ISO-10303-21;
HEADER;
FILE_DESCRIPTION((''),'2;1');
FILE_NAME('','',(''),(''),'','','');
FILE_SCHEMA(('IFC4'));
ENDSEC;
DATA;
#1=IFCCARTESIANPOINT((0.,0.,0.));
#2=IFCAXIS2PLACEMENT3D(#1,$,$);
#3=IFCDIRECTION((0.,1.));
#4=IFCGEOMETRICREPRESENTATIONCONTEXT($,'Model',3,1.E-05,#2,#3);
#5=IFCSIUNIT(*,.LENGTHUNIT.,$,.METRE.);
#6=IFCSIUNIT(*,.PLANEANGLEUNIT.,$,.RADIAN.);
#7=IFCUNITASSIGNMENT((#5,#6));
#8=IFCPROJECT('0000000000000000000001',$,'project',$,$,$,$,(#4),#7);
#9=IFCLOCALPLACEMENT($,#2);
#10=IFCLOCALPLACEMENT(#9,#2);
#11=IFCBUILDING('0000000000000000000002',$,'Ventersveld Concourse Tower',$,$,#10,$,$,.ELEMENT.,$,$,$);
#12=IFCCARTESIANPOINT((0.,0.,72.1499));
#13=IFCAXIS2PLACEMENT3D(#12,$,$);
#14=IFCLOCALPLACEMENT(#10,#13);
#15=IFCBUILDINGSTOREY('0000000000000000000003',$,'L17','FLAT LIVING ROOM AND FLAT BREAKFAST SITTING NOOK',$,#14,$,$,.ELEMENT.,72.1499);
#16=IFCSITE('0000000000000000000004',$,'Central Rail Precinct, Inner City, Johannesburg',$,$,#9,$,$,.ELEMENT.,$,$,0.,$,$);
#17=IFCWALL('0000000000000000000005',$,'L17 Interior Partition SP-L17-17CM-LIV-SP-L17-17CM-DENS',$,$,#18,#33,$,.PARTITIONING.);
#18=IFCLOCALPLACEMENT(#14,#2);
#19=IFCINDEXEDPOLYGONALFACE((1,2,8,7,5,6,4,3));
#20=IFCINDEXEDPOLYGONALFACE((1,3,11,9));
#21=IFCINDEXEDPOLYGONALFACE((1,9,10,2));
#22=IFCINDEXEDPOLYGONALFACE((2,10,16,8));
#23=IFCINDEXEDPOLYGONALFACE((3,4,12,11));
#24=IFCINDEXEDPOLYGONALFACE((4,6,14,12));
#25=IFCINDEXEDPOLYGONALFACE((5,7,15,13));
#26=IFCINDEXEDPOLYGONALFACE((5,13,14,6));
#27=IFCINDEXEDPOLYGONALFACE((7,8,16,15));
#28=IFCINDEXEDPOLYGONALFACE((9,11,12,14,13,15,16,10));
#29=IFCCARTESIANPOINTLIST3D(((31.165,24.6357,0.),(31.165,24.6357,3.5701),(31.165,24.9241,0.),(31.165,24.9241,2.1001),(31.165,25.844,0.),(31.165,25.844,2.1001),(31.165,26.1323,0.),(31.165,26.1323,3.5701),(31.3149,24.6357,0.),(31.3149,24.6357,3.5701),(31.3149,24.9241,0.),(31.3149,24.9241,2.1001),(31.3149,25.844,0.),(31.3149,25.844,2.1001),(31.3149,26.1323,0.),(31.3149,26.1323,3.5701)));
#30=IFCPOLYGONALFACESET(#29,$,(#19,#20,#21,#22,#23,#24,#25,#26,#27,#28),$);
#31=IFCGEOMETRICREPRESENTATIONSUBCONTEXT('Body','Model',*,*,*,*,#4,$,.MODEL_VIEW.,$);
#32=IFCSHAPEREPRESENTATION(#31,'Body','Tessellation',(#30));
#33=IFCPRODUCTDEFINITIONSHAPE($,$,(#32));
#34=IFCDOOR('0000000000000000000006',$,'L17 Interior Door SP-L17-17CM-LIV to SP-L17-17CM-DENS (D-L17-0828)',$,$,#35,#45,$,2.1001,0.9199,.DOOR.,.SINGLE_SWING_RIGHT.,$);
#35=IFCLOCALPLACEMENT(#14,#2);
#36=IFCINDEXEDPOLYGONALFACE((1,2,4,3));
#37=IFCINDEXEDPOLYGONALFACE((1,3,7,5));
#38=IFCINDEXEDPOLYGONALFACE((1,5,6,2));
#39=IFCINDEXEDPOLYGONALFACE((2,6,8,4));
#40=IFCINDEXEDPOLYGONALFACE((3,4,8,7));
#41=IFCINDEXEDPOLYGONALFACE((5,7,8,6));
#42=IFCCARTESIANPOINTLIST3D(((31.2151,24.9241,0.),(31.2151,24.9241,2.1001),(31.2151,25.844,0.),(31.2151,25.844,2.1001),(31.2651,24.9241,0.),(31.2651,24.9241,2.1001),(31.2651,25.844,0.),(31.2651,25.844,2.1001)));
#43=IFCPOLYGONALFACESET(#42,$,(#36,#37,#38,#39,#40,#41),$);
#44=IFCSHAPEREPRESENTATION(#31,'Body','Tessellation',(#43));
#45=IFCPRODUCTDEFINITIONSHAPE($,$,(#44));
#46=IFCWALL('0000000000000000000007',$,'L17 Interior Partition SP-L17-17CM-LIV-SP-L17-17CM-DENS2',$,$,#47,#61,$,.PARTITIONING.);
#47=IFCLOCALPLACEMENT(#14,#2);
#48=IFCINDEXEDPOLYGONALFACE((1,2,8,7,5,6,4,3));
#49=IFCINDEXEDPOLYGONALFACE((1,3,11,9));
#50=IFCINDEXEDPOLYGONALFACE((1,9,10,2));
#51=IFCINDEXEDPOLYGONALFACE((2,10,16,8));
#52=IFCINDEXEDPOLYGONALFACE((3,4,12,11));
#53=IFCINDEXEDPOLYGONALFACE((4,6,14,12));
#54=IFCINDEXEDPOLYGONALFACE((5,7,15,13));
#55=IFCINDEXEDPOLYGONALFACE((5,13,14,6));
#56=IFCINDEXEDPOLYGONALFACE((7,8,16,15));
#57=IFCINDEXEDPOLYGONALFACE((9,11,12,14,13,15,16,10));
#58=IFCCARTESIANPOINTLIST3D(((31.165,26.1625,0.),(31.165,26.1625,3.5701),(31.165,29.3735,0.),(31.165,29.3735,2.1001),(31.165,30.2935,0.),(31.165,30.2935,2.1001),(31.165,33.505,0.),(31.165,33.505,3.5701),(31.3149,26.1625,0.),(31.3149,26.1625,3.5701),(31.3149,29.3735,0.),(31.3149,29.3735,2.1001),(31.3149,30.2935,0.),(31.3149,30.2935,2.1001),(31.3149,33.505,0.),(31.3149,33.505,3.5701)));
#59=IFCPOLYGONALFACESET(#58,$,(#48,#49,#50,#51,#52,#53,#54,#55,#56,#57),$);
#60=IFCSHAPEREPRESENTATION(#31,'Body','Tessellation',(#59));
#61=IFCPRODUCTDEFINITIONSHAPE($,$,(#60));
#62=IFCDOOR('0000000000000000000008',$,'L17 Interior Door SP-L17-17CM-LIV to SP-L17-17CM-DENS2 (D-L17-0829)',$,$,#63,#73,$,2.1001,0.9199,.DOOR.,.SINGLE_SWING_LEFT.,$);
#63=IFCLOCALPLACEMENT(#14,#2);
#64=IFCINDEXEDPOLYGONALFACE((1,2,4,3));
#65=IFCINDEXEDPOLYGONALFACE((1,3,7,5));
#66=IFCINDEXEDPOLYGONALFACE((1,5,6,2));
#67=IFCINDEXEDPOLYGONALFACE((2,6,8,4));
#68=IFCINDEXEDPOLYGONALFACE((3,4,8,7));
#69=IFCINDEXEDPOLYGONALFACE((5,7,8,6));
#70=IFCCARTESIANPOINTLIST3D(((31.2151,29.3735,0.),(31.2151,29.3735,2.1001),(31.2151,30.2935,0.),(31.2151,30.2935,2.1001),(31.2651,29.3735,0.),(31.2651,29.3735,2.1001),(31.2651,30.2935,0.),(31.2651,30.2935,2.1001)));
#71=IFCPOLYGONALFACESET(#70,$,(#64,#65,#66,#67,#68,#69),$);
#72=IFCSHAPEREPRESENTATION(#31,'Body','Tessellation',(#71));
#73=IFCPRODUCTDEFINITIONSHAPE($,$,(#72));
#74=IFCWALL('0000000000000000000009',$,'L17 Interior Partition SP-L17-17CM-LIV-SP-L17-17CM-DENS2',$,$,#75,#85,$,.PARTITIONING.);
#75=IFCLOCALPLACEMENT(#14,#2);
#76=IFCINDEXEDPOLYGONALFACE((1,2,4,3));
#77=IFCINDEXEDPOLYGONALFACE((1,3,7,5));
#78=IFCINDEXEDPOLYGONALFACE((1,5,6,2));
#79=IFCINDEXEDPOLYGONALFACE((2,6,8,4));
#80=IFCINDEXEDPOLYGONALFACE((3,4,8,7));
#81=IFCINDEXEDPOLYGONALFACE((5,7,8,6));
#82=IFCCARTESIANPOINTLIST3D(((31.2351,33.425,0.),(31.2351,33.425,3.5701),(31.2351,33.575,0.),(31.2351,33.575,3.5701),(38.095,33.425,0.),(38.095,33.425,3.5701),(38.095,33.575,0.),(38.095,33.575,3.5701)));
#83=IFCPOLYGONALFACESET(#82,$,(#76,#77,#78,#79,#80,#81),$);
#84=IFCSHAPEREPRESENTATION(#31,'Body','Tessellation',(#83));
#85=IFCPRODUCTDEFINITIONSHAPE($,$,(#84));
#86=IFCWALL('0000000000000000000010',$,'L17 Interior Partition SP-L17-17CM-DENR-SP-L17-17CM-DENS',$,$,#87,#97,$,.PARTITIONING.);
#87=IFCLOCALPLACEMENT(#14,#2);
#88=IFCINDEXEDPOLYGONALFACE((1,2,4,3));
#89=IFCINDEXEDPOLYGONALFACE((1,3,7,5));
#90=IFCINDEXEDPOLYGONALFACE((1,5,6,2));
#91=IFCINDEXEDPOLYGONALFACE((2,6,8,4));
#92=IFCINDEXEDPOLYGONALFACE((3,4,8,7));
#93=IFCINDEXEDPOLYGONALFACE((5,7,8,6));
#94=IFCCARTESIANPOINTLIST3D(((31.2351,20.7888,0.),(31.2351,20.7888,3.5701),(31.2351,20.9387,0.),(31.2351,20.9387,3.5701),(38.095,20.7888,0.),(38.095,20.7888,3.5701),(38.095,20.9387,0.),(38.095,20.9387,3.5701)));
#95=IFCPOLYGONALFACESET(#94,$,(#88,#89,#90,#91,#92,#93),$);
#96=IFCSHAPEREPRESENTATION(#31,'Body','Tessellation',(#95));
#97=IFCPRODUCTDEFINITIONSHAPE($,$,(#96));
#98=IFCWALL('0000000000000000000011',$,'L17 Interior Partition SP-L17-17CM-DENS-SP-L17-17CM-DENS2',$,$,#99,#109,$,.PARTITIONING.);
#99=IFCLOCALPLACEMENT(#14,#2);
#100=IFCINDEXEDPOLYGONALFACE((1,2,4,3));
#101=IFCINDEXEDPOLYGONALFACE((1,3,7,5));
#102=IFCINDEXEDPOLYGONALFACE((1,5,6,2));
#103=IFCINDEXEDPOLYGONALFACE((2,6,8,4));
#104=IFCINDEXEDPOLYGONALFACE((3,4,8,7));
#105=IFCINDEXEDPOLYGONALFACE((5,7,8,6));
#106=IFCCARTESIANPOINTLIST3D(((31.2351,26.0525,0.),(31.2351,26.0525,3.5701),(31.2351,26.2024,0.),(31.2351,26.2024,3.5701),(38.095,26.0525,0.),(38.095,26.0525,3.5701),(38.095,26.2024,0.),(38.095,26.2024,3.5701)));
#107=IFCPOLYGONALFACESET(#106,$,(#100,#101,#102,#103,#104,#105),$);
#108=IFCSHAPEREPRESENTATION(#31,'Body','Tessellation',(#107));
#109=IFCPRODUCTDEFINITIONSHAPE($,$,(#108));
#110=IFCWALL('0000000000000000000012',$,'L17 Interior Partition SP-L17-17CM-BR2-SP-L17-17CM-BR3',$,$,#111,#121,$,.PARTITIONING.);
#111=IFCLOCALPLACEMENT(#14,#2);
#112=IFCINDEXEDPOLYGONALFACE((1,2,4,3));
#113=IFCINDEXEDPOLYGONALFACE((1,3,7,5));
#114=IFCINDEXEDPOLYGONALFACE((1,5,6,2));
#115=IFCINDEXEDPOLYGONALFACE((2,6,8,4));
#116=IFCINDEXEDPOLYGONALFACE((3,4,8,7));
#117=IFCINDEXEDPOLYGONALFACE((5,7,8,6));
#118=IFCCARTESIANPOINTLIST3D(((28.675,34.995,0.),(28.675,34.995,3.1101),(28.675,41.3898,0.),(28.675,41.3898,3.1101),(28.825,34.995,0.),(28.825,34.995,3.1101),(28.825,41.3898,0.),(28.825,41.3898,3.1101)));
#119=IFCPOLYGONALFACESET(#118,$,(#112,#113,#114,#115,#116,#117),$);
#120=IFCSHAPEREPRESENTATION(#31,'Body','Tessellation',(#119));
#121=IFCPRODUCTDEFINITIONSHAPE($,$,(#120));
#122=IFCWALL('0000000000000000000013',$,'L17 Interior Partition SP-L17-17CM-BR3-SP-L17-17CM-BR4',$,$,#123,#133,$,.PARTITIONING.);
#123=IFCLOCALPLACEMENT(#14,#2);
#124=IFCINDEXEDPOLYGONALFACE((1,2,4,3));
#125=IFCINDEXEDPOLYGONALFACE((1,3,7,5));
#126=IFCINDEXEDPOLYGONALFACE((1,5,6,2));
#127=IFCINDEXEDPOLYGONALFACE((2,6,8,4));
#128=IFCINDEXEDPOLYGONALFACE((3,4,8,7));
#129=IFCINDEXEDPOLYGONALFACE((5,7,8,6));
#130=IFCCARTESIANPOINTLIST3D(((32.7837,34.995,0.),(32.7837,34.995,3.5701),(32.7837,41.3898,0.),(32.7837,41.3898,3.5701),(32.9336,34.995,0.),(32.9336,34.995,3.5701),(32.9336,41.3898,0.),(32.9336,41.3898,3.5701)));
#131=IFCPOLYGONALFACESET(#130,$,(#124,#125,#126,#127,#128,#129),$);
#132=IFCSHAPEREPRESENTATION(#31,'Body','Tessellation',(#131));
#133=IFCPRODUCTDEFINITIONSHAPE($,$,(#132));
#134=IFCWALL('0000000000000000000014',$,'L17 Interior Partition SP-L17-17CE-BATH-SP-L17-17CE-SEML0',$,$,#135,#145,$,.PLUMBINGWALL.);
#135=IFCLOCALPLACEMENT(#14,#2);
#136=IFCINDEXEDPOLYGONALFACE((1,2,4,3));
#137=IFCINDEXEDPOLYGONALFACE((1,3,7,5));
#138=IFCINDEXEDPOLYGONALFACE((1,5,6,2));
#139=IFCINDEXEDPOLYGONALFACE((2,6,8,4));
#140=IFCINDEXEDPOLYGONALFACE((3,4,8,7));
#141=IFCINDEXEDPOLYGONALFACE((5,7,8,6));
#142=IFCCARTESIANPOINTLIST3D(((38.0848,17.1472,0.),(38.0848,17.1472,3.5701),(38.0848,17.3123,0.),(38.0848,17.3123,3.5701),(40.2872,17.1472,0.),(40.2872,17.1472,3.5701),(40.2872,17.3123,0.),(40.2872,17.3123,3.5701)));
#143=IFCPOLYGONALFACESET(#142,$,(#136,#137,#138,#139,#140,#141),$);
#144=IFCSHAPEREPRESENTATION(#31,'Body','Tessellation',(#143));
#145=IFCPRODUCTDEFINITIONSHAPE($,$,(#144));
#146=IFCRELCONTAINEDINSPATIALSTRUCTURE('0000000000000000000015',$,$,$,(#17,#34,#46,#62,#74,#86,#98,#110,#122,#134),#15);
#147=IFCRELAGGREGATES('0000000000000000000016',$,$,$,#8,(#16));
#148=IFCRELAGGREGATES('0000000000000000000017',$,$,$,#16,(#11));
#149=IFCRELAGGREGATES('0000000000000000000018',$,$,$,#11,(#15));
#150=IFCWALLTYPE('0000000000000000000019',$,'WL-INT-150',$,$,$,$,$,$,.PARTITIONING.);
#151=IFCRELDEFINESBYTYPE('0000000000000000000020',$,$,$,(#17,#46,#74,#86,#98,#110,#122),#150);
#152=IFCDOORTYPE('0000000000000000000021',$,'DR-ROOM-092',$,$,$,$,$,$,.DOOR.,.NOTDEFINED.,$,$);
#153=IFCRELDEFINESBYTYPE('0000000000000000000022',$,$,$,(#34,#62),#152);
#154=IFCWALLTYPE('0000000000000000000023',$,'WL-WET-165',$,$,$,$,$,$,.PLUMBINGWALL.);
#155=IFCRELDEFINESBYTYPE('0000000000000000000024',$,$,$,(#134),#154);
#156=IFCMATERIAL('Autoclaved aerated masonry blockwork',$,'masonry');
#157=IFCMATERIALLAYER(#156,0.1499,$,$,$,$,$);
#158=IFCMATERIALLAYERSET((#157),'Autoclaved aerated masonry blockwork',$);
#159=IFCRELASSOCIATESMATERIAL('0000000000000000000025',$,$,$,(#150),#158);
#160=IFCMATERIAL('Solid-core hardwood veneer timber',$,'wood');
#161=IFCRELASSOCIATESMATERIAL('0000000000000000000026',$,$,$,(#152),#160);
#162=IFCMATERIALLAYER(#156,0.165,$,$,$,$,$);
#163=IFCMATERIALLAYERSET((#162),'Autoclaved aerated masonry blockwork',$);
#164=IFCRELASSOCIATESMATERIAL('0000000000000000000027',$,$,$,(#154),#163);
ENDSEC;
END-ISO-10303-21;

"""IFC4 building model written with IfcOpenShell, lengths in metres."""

from ifc_helpers import new_model, si_unit, direction, frame, frame_2d, origin, place, context, subcontext, project, spatial, rectangle, extrude, material, layer, layer_set, type_object, element, fill, save


model = new_model("IFC4")

# Units and contexts
model_context = context("Model", 3, precision=1e-05, world=origin(), true_north=direction((0.0, 1.0)))
body_context = subcontext(model_context, "Body", "Model", "MODEL_VIEW")
ifc_project = project(units=[si_unit("LENGTHUNIT", "METRE"), si_unit("PLANEANGLEUNIT", "RADIAN")], contexts=[model_context])

# Site, building, storey
site_placement = place(None, origin())
site = spatial("IfcSite", under=ifc_project, at=site_placement, Name="Central Rail Precinct, Inner City, Johannesburg", CompositionType="ELEMENT", RefElevation=0.0)
building_placement = place(site_placement, origin())
building = spatial("IfcBuilding", under=site, at=building_placement, Name="Ventersveld Concourse Tower", CompositionType="ELEMENT")
storey_placement = place(building_placement, frame((0.0, 0.0, 72.1499)))
storey = spatial("IfcBuildingStorey", under=building, at=storey_placement, Name="L17", Description="FLAT LIVING ROOM AND FLAT BREAKFAST SITTING NOOK", CompositionType="ELEMENT", Elevation=72.1499)

# Walls, openings, doors
ifc_material_1 = material(Name="Autoclaved aerated masonry blockwork", Category="masonry")
ifc_layer_1 = layer(ifc_material_1, 0.1499)
ifc_layer_set_1 = layer_set([ifc_layer_1], Name="Autoclaved aerated masonry blockwork")
wall_type_1 = type_object("IfcWallType", Name="WL-INT-150", PredefinedType="PARTITIONING", material=ifc_layer_set_1)
ifc_material_2 = material(Name="Solid-core hardwood veneer timber", Category="wood")
door_type = type_object("IfcDoorType", Name="DR-ROOM-092", OperationType="NOTDEFINED", PredefinedType="DOOR", material=ifc_material_2)
wall_1_placement = place(storey_placement, frame((31.24, 24.6357, 0.0), z_axis=(0.0, 0.0, 1.0), x_axis=(0.0, 1.0, 0.0)))
wall_1 = element("IfcWall", 1, at=wall_1_placement, inside=storey, type_object=wall_type_1, Name="L17 Interior Partition SP-L17-17CM-LIV-SP-L17-17CM-DENS", PredefinedType="PARTITIONING", context=body_context, shape_type="SweptSolid", body=[
    extrude(rectangle(XDim=1.4966, YDim=0.1499, at=frame_2d((0.7483, 0.0))), origin(), (0.0, 0.0, 1.0), 3.5701),
])
opening_1_placement = place(wall_1_placement, frame((0.2883, 0.0, 0.0)))
opening_1 = element("IfcOpeningElement", 2, at=opening_1_placement, cuts=wall_1, PredefinedType="OPENING", context=body_context, shape_type="SweptSolid", body=[
    extrude(rectangle(XDim=0.9199, YDim=2.1001, at=frame_2d((0.46, 1.05))), frame((0.0, 0.085, 0.0), z_axis=(0.0, -1.0, 0.0), x_axis=(1.0, 0.0, 0.0)), (0.0, 0.0, 1.0), 0.1699),
])
door_1_placement = place(opening_1_placement, origin())
door_1 = element("IfcDoor", 3, at=door_1_placement, inside=storey, type_object=door_type, Name="L17 Interior Door SP-L17-17CM-LIV to SP-L17-17CM-DENS (D-L17-0828)", OperationType="SINGLE_SWING_RIGHT", OverallHeight=2.1001, OverallWidth=0.9199, PredefinedType="DOOR", context=body_context, shape_type="SweptSolid", body=[
    extrude(rectangle(XDim=0.9199, YDim=2.1001, at=frame_2d((0.46, 1.05))), frame((0.0, 0.0249, 0.0), z_axis=(0.0, -1.0, 0.0), x_axis=(1.0, 0.0, 0.0)), (0.0, 0.0, 1.0), 0.05),
])
fill(opening_1, door_1)
wall_2_placement = place(storey_placement, frame((31.24, 26.1624, 0.0), z_axis=(0.0, 0.0, 1.0), x_axis=(0.0, 1.0, 0.0)))
wall_2 = element("IfcWall", 4, at=wall_2_placement, inside=storey, type_object=wall_type_1, Name="L17 Interior Partition SP-L17-17CM-LIV-SP-L17-17CM-DENS2", PredefinedType="PARTITIONING", context=body_context, shape_type="SweptSolid", body=[
    extrude(rectangle(XDim=7.3425, YDim=0.1499, at=frame_2d((3.6714, 0.0))), origin(), (0.0, 0.0, 1.0), 3.5701),
])
opening_2_placement = place(wall_2_placement, frame((3.2112, 0.0, 0.0)))
opening_2 = element("IfcOpeningElement", 5, at=opening_2_placement, cuts=wall_2, PredefinedType="OPENING", context=body_context, shape_type="SweptSolid", body=[
    extrude(rectangle(XDim=0.9199, YDim=2.1001, at=frame_2d((0.46, 1.05))), frame((0.0, 0.085, 0.0), z_axis=(0.0, -1.0, 0.0), x_axis=(1.0, 0.0, 0.0)), (0.0, 0.0, 1.0), 0.1699),
])
door_2_placement = place(opening_2_placement, origin())
door_2 = element("IfcDoor", 6, at=door_2_placement, inside=storey, type_object=door_type, Name="L17 Interior Door SP-L17-17CM-LIV to SP-L17-17CM-DENS2 (D-L17-0829)", OperationType="SINGLE_SWING_LEFT", OverallHeight=2.1001, OverallWidth=0.9199, PredefinedType="DOOR", context=body_context, shape_type="SweptSolid", body=[
    extrude(rectangle(XDim=0.9199, YDim=2.1001, at=frame_2d((0.46, 1.05))), frame((0.0, 0.0249, 0.0), z_axis=(0.0, -1.0, 0.0), x_axis=(1.0, 0.0, 0.0)), (0.0, 0.0, 1.0), 0.05),
])
fill(opening_2, door_2)

# Walls
for number, where, z_axis, x_axis, name in (
    (7, (31.2351, 33.5, 0.0), (0.0, 0.0, 1.0), (1.0, 0.0, 0.0), "L17 Interior Partition SP-L17-17CM-LIV-SP-L17-17CM-DENS2"),
    (8, (31.2351, 20.8638, 0.0), (0.0, 0.0, 1.0), (1.0, 0.0, 0.0), "L17 Interior Partition SP-L17-17CM-DENR-SP-L17-17CM-DENS"),
    (9, (31.2351, 26.1274, 0.0), (0.0, 0.0, 1.0), (1.0, 0.0, 0.0), "L17 Interior Partition SP-L17-17CM-DENS-SP-L17-17CM-DENS2"),
):
    element("IfcWall", number, at=place(storey_placement, frame(where, z_axis=z_axis, x_axis=x_axis)), inside=storey, type_object=wall_type_1, Name=name, PredefinedType="PARTITIONING", context=body_context, shape_type="SweptSolid", body=[
        extrude(rectangle(XDim=6.8599, YDim=0.1499, at=frame_2d((3.4299, 0.0))), origin(), (0.0, 0.0, 1.0), 3.5701),
    ])
wall_3_placement = place(storey_placement, frame((28.75, 34.9951, 0.0), z_axis=(0.0, 0.0, 1.0), x_axis=(0.0, 1.0, 0.0)))
element("IfcWall", 10, at=wall_3_placement, inside=storey, type_object=wall_type_1, Name="L17 Interior Partition SP-L17-17CM-BR2-SP-L17-17CM-BR3", PredefinedType="PARTITIONING", context=body_context, shape_type="SweptSolid", body=[
    extrude(rectangle(XDim=6.3948, YDim=0.1499, at=frame_2d((3.1973, 0.0))), origin(), (0.0, 0.0, 1.0), 3.1101),
])
wall_4_placement = place(storey_placement, frame((32.8586, 34.9951, 0.0), z_axis=(0.0, 0.0, 1.0), x_axis=(0.0, 1.0, 0.0)))
element("IfcWall", 11, at=wall_4_placement, inside=storey, type_object=wall_type_1, Name="L17 Interior Partition SP-L17-17CM-BR3-SP-L17-17CM-BR4", PredefinedType="PARTITIONING", context=body_context, shape_type="SweptSolid", body=[
    extrude(rectangle(XDim=6.3948, YDim=0.1499, at=frame_2d((3.1973, 0.0))), origin(), (0.0, 0.0, 1.0), 3.5701),
])
ifc_layer_2 = layer(ifc_material_1, 0.165)
ifc_layer_set_2 = layer_set([ifc_layer_2], Name="Autoclaved aerated masonry blockwork")
wall_type_2 = type_object("IfcWallType", Name="WL-WET-165", PredefinedType="PLUMBINGWALL", material=ifc_layer_set_2)
wall_5_placement = place(storey_placement, frame((38.085, 17.2297, 0.0), z_axis=(0.0, 0.0, 1.0), x_axis=(1.0, 0.0, 0.0)))
element("IfcWall", 12, at=wall_5_placement, inside=storey, type_object=wall_type_2, Name="L17 Interior Partition SP-L17-17CE-BATH-SP-L17-17CE-SEML0", PredefinedType="PLUMBINGWALL", context=body_context, shape_type="SweptSolid", body=[
    extrude(rectangle(XDim=2.2024, YDim=0.165, at=frame_2d((1.1011, 0.0))), origin(), (0.0, 0.0, 1.0), 3.5701),
])

save(model, "model.ifc")
